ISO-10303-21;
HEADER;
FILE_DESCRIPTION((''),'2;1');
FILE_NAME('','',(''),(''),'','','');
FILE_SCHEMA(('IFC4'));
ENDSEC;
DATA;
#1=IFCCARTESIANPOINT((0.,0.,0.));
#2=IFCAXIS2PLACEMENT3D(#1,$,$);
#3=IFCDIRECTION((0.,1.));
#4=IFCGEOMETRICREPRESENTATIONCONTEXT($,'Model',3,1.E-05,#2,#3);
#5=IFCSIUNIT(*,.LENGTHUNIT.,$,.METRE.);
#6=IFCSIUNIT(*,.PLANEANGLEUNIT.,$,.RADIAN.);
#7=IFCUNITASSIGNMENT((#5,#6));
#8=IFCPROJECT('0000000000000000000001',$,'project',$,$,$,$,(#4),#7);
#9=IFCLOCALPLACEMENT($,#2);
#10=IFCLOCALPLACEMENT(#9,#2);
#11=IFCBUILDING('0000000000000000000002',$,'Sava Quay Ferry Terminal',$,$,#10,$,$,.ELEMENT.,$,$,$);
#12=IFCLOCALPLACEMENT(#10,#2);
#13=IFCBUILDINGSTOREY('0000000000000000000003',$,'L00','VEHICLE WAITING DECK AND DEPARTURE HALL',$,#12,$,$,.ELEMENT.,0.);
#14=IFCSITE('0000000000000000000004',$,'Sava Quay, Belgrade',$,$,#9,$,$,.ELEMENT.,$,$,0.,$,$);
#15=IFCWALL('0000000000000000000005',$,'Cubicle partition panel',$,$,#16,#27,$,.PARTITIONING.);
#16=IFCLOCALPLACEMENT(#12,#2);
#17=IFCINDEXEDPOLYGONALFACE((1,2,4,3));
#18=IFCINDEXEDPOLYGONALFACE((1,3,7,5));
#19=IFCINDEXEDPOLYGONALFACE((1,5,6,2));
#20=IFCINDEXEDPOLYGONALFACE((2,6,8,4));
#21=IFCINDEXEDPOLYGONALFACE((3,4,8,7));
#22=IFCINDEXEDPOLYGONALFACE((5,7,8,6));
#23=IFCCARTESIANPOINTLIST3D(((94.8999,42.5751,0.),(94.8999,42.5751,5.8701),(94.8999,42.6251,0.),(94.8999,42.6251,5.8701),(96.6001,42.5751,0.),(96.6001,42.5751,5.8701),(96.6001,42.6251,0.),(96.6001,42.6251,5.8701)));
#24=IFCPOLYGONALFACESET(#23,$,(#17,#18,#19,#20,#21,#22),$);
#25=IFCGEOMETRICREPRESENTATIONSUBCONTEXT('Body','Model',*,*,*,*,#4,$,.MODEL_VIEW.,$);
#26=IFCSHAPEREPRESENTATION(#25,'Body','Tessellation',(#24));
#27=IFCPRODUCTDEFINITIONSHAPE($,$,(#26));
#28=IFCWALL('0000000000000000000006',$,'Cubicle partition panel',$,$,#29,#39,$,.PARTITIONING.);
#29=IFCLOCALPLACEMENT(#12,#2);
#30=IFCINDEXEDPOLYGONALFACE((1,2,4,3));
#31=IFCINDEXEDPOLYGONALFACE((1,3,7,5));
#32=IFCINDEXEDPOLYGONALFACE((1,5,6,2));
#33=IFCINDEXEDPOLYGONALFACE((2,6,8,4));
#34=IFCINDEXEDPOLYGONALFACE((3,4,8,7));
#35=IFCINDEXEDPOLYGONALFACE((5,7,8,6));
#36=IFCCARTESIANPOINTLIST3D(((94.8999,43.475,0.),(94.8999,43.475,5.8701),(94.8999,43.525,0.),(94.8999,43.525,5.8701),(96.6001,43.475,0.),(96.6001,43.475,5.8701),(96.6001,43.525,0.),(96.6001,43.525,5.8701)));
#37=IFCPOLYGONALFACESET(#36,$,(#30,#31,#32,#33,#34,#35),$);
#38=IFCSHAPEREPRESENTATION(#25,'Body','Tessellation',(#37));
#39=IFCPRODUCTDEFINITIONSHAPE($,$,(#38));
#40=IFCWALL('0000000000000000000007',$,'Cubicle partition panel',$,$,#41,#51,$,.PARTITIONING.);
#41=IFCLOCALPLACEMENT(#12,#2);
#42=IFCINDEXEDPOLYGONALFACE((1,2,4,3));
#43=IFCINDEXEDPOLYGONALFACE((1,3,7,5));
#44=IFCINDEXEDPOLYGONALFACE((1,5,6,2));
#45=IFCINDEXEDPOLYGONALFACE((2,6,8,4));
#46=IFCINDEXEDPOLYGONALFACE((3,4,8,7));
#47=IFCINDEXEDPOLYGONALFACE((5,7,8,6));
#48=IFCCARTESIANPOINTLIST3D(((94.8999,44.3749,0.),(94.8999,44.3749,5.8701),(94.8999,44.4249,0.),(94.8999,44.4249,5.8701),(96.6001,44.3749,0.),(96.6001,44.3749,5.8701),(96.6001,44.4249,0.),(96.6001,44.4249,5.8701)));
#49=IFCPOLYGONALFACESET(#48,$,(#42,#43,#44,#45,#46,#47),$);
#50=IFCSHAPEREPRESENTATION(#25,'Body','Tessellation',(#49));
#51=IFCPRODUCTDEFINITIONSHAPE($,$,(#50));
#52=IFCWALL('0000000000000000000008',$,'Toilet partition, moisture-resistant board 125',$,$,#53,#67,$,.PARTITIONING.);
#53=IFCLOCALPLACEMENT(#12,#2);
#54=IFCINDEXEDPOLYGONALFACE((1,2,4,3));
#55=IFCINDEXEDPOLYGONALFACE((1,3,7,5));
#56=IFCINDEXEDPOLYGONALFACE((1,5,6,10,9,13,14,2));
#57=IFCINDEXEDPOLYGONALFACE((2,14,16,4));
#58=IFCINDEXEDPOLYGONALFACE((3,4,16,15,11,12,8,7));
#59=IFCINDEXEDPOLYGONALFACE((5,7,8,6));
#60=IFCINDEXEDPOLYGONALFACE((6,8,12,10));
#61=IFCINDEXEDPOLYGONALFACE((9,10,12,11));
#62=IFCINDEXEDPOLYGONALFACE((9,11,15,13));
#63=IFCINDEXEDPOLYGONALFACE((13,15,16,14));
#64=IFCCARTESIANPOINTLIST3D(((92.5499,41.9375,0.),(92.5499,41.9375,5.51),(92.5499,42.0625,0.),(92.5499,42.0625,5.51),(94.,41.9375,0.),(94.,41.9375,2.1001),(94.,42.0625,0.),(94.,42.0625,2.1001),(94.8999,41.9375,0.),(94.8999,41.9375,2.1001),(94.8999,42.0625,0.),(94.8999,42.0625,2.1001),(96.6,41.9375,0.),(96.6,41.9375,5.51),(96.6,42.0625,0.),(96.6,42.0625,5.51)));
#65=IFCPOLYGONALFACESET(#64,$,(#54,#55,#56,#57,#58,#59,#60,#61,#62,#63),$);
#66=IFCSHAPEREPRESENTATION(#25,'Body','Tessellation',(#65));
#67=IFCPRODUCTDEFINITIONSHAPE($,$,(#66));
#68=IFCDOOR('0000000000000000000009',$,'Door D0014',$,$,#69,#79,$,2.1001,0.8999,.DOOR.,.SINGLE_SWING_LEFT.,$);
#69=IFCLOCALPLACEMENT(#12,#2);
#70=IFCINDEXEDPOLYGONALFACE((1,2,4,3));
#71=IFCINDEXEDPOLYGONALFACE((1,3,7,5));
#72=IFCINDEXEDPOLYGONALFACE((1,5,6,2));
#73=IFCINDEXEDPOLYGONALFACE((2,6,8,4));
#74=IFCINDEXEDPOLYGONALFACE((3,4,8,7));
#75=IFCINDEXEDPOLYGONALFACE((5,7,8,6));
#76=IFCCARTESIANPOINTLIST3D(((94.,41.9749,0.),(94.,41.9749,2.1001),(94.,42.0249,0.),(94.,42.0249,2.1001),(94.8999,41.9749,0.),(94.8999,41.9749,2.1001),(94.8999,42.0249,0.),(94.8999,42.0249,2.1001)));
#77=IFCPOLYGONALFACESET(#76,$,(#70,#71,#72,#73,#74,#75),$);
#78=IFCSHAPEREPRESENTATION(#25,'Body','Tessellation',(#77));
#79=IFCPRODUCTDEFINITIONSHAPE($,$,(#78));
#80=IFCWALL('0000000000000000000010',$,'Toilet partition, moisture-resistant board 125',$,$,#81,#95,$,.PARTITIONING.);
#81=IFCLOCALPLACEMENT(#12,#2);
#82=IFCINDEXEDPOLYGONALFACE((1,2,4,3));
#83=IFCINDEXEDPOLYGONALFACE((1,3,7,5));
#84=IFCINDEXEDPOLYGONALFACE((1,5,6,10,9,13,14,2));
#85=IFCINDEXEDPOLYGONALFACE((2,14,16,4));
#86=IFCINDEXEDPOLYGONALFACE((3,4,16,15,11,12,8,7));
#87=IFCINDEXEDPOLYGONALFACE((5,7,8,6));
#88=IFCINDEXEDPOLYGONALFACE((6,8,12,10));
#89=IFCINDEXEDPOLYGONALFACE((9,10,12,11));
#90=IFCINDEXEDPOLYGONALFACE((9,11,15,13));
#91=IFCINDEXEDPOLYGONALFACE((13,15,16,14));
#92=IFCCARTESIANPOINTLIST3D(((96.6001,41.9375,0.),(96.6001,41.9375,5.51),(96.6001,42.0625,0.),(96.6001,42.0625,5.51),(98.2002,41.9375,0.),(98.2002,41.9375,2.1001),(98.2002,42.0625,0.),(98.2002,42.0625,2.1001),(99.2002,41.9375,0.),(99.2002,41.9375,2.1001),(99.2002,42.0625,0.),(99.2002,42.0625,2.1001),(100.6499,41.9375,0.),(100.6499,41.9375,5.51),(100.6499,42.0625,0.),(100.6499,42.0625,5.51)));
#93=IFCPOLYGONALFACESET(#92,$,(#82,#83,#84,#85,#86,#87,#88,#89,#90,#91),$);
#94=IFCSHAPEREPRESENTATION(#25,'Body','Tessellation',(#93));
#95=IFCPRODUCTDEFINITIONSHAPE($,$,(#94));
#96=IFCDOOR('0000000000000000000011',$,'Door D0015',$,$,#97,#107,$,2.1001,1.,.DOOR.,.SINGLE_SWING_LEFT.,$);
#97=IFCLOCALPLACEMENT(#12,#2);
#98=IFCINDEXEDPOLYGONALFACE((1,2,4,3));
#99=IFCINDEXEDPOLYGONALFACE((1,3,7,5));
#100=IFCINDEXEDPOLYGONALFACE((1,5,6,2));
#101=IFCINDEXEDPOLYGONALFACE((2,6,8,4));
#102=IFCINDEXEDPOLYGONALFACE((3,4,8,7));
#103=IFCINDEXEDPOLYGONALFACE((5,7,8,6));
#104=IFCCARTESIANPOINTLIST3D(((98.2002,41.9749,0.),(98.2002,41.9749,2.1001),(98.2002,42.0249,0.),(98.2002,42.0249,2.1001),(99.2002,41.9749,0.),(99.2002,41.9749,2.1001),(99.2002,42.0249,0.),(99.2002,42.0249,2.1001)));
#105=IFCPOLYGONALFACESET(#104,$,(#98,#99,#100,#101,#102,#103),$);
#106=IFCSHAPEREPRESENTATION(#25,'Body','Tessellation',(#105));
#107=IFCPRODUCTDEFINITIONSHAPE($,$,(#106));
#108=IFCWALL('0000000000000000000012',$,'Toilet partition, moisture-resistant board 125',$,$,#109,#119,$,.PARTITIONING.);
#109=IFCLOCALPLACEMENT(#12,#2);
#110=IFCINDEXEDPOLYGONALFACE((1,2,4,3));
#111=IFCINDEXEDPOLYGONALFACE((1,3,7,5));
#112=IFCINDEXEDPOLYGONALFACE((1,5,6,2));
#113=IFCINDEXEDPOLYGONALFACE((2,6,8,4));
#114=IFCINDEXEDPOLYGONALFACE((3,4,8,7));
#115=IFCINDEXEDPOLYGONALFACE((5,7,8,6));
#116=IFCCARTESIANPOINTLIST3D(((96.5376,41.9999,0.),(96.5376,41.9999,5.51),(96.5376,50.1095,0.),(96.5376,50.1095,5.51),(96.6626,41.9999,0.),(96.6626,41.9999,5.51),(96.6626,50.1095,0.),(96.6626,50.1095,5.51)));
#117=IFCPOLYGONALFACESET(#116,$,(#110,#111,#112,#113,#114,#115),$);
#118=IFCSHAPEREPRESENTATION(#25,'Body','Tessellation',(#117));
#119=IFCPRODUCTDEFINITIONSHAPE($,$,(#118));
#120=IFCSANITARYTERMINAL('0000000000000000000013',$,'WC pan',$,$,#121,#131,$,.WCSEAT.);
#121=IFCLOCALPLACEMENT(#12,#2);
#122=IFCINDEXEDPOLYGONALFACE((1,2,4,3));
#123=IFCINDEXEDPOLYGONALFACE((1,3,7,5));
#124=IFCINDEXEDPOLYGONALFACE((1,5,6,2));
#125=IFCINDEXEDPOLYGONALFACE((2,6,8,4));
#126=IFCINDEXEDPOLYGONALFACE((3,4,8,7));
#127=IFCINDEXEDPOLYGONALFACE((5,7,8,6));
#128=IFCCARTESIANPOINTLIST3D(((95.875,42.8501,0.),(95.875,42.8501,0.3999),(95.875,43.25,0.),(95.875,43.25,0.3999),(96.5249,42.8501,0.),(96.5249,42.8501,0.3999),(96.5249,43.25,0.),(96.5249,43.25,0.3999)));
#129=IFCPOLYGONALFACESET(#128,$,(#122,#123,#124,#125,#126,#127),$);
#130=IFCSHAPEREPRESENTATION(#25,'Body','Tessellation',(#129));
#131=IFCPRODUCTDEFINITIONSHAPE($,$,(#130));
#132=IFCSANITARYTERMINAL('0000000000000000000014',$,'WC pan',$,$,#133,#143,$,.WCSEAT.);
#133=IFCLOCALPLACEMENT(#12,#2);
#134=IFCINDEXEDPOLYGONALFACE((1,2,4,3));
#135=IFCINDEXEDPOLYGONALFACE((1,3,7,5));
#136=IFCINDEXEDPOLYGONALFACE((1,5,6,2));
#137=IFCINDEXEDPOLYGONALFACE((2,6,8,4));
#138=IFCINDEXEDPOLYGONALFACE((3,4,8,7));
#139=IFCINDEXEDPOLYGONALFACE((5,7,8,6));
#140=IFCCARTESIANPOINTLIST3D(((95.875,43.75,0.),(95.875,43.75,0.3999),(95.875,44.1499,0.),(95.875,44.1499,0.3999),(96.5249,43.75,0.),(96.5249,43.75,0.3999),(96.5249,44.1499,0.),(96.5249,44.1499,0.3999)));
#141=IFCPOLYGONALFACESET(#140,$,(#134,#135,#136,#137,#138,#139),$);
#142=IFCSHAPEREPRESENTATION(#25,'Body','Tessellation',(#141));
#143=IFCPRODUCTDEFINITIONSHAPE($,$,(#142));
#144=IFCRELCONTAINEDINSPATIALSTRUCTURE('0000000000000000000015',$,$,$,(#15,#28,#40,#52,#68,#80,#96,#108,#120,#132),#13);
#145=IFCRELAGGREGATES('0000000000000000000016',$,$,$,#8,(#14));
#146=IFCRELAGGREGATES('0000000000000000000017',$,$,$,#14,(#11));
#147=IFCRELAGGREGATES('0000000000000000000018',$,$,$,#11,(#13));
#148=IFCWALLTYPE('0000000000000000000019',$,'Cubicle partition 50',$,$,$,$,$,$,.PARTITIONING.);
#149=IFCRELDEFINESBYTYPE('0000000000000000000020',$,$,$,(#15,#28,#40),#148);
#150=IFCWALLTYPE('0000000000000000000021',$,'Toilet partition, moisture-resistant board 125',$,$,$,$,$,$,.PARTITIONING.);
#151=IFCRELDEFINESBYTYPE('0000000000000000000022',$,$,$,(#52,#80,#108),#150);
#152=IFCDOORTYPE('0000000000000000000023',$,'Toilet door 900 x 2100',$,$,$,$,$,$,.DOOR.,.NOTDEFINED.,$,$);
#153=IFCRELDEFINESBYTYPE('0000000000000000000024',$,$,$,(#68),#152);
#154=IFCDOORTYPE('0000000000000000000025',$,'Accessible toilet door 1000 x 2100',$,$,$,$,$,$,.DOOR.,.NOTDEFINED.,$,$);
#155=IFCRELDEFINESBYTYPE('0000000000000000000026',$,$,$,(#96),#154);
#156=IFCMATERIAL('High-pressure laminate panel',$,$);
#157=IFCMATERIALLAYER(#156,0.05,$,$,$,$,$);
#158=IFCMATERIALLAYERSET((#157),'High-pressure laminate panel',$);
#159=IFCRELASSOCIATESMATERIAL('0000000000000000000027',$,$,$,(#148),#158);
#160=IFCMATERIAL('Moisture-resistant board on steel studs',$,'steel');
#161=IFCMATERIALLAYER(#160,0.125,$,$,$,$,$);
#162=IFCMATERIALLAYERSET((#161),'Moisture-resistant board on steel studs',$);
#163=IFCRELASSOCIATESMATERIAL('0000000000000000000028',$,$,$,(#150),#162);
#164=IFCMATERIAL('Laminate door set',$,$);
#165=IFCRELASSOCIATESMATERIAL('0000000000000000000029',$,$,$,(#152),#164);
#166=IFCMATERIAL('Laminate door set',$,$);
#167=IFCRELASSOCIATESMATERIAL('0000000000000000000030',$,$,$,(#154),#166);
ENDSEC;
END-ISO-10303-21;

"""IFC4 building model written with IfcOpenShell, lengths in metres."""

from ifc_helpers import new_model, si_unit, direction, frame, frame_2d, origin, origin_2d, place, context, subcontext, project, spatial, rectangle, extrude, material, layer, layer_set, type_object, element, fill, save


model = new_model("IFC4")

# Units and contexts
model_context = context("Model", 3, precision=1e-05, world=origin(), true_north=direction((0.0, 1.0)))
body_context = subcontext(model_context, "Body", "Model", "MODEL_VIEW")
ifc_project = project(units=[si_unit("LENGTHUNIT", "METRE"), si_unit("PLANEANGLEUNIT", "RADIAN")], contexts=[model_context])

# Site, building, storey
site_placement = place(None, origin())
site = spatial("IfcSite", under=ifc_project, at=site_placement, Name="Sava Quay, Belgrade", CompositionType="ELEMENT", RefElevation=0.0)
building_placement = place(site_placement, origin())
building = spatial("IfcBuilding", under=site, at=building_placement, Name="Sava Quay Ferry Terminal", CompositionType="ELEMENT")
storey_placement = place(building_placement, origin())
storey = spatial("IfcBuildingStorey", under=building, at=storey_placement, Name="L00", Description="VEHICLE WAITING DECK AND DEPARTURE HALL", CompositionType="ELEMENT", Elevation=0.0)

# Shared definitions
ifc_material_1 = material(Name="High-pressure laminate panel")
ifc_layer_1 = layer(ifc_material_1, 0.05)
ifc_layer_set_1 = layer_set([ifc_layer_1], Name="High-pressure laminate panel")
wall_type_1 = type_object("IfcWallType", Name="Cubicle partition 50", PredefinedType="PARTITIONING", material=ifc_layer_set_1)

# Walls
for number, where, z_axis, x_axis, name in (
    (1, (96.6001, 42.6001, 0.0), (0.0, 0.0, 1.0), (-1.0, 0.0, 0.0), "Cubicle partition panel"),
    (2, (96.6001, 43.5, 0.0), (0.0, 0.0, 1.0), (-1.0, 0.0, 0.0), "Cubicle partition panel"),
    (3, (96.6001, 44.3999, 0.0), (0.0, 0.0, 1.0), (-1.0, 0.0, 0.0), "Cubicle partition panel"),
):
    element("IfcWall", number, at=place(storey_placement, frame(where, z_axis=z_axis, x_axis=x_axis)), inside=storey, type_object=wall_type_1, Name=name, PredefinedType="PARTITIONING", context=body_context, shape_type="SweptSolid", body=[
        extrude(rectangle(XDim=1.7002, YDim=0.05, at=frame_2d((0.8501, 0.0))), origin(), (0.0, 0.0, 1.0), 5.8701),
    ])

# Walls, openings, doors
ifc_material_2 = material(Name="Moisture-resistant board on steel studs", Category="steel")
ifc_layer_2 = layer(ifc_material_2, 0.125)
ifc_layer_set_2 = layer_set([ifc_layer_2], Name="Moisture-resistant board on steel studs")
wall_type_2 = type_object("IfcWallType", Name="Toilet partition, moisture-resistant board 125", PredefinedType="PARTITIONING", material=ifc_layer_set_2)
wall_1_placement = place(storey_placement, frame((92.55, 42.0, 0.0), z_axis=(0.0, 0.0, 1.0), x_axis=(1.0, 0.0, 0.0)))
wall_1 = element("IfcWall", 4, at=wall_1_placement, inside=storey, type_object=wall_type_2, Name="Toilet partition, moisture-resistant board 125", PredefinedType="PARTITIONING", context=body_context, shape_type="SweptSolid", body=[
    extrude(rectangle(XDim=4.05, YDim=0.125, at=frame_2d((2.0249, 0.0))), origin(), (0.0, 0.0, 1.0), 5.51),
])
opening_1_placement = place(wall_1_placement, frame((1.45, 0.0, 0.0)))
opening_1 = element("IfcOpeningElement", 5, at=opening_1_placement, cuts=wall_1, PredefinedType="OPENING", context=body_context, shape_type="SweptSolid", body=[
    extrude(rectangle(XDim=0.8999, YDim=2.1001, at=frame_2d((0.45, 1.05))), frame((0.0, 0.0625, 0.0), z_axis=(0.0, -1.0, 0.0), x_axis=(1.0, 0.0, 0.0)), (0.0, 0.0, 1.0), 0.125),
])
ifc_material_3 = material(Name="Laminate door set")
door_type_1 = type_object("IfcDoorType", Name="Toilet door 900 x 2100", OperationType="NOTDEFINED", PredefinedType="DOOR", material=ifc_material_3)
door_1_placement = place(opening_1_placement, origin())
door_1 = element("IfcDoor", 6, at=door_1_placement, inside=storey, type_object=door_type_1, Name="Door D0014", OperationType="SINGLE_SWING_LEFT", OverallHeight=2.1001, OverallWidth=0.8999, PredefinedType="DOOR", context=body_context, shape_type="SweptSolid", body=[
    extrude(rectangle(XDim=0.8999, YDim=2.1001, at=frame_2d((0.45, 1.05))), frame((0.0, 0.0249, 0.0), z_axis=(0.0, -1.0, 0.0), x_axis=(1.0, 0.0, 0.0)), (0.0, 0.0, 1.0), 0.05),
])
fill(opening_1, door_1)
wall_2_placement = place(storey_placement, frame((96.6001, 42.0, 0.0), z_axis=(0.0, 0.0, 1.0), x_axis=(1.0, 0.0, 0.0)))
wall_2 = element("IfcWall", 7, at=wall_2_placement, inside=storey, type_object=wall_type_2, Name="Toilet partition, moisture-resistant board 125", PredefinedType="PARTITIONING", context=body_context, shape_type="SweptSolid", body=[
    extrude(rectangle(XDim=4.0498, YDim=0.125, at=frame_2d((2.0249, 0.0))), origin(), (0.0, 0.0, 1.0), 5.51),
])
opening_2_placement = place(wall_2_placement, frame((1.6001, 0.0, 0.0)))
opening_2 = element("IfcOpeningElement", 8, at=opening_2_placement, cuts=wall_2, PredefinedType="OPENING", context=body_context, shape_type="SweptSolid", body=[
    extrude(rectangle(XDim=1.0, YDim=2.1001, at=frame_2d((0.5, 1.05))), frame((0.0, 0.0625, 0.0), z_axis=(0.0, -1.0, 0.0), x_axis=(1.0, 0.0, 0.0)), (0.0, 0.0, 1.0), 0.125),
])
ifc_material_4 = material(Name="Laminate door set")
door_type_2 = type_object("IfcDoorType", Name="Accessible toilet door 1000 x 2100", OperationType="NOTDEFINED", PredefinedType="DOOR", material=ifc_material_4)
door_2_placement = place(opening_2_placement, origin())
door_2 = element("IfcDoor", 9, at=door_2_placement, inside=storey, type_object=door_type_2, Name="Door D0015", OperationType="SINGLE_SWING_LEFT", OverallHeight=2.1001, OverallWidth=1.0, PredefinedType="DOOR", context=body_context, shape_type="SweptSolid", body=[
    extrude(rectangle(XDim=1.0, YDim=2.1001, at=frame_2d((0.5, 1.05))), frame((0.0, 0.0249, 0.0), z_axis=(0.0, -1.0, 0.0), x_axis=(1.0, 0.0, 0.0)), (0.0, 0.0, 1.0), 0.05),
])
fill(opening_2, door_2)

# Wall
wall_3_placement = place(storey_placement, frame((96.6001, 42.0, 0.0), z_axis=(0.0, 0.0, 1.0), x_axis=(0.0, 1.0, 0.0)))
element("IfcWall", 10, at=wall_3_placement, inside=storey, type_object=wall_type_2, Name="Toilet partition, moisture-resistant board 125", PredefinedType="PARTITIONING", context=body_context, shape_type="SweptSolid", body=[
    extrude(rectangle(XDim=8.1096, YDim=0.125, at=frame_2d((4.0547, 0.0))), origin(), (0.0, 0.0, 1.0), 5.51),
])

# Sanitary terminals
for number, where, z_axis, x_axis, name in (
    (11, (96.2, 43.05, 0.0), (0.0, 0.0, 1.0), (1.0, 0.0, 0.0), "WC pan"),
    (12, (96.2, 43.95, 0.0), (0.0, 0.0, 1.0), (1.0, 0.0, 0.0), "WC pan"),
):
    element("IfcSanitaryTerminal", number, at=place(storey_placement, frame(where, z_axis=z_axis, x_axis=x_axis)), inside=storey, Name=name, PredefinedType="WCSEAT", context=body_context, shape_type="SweptSolid", body=[
        extrude(rectangle(XDim=0.6499, YDim=0.3999, at=origin_2d()), origin(), (0.0, 0.0, 1.0), 0.3999),
    ])

save(model, "model.ifc")
